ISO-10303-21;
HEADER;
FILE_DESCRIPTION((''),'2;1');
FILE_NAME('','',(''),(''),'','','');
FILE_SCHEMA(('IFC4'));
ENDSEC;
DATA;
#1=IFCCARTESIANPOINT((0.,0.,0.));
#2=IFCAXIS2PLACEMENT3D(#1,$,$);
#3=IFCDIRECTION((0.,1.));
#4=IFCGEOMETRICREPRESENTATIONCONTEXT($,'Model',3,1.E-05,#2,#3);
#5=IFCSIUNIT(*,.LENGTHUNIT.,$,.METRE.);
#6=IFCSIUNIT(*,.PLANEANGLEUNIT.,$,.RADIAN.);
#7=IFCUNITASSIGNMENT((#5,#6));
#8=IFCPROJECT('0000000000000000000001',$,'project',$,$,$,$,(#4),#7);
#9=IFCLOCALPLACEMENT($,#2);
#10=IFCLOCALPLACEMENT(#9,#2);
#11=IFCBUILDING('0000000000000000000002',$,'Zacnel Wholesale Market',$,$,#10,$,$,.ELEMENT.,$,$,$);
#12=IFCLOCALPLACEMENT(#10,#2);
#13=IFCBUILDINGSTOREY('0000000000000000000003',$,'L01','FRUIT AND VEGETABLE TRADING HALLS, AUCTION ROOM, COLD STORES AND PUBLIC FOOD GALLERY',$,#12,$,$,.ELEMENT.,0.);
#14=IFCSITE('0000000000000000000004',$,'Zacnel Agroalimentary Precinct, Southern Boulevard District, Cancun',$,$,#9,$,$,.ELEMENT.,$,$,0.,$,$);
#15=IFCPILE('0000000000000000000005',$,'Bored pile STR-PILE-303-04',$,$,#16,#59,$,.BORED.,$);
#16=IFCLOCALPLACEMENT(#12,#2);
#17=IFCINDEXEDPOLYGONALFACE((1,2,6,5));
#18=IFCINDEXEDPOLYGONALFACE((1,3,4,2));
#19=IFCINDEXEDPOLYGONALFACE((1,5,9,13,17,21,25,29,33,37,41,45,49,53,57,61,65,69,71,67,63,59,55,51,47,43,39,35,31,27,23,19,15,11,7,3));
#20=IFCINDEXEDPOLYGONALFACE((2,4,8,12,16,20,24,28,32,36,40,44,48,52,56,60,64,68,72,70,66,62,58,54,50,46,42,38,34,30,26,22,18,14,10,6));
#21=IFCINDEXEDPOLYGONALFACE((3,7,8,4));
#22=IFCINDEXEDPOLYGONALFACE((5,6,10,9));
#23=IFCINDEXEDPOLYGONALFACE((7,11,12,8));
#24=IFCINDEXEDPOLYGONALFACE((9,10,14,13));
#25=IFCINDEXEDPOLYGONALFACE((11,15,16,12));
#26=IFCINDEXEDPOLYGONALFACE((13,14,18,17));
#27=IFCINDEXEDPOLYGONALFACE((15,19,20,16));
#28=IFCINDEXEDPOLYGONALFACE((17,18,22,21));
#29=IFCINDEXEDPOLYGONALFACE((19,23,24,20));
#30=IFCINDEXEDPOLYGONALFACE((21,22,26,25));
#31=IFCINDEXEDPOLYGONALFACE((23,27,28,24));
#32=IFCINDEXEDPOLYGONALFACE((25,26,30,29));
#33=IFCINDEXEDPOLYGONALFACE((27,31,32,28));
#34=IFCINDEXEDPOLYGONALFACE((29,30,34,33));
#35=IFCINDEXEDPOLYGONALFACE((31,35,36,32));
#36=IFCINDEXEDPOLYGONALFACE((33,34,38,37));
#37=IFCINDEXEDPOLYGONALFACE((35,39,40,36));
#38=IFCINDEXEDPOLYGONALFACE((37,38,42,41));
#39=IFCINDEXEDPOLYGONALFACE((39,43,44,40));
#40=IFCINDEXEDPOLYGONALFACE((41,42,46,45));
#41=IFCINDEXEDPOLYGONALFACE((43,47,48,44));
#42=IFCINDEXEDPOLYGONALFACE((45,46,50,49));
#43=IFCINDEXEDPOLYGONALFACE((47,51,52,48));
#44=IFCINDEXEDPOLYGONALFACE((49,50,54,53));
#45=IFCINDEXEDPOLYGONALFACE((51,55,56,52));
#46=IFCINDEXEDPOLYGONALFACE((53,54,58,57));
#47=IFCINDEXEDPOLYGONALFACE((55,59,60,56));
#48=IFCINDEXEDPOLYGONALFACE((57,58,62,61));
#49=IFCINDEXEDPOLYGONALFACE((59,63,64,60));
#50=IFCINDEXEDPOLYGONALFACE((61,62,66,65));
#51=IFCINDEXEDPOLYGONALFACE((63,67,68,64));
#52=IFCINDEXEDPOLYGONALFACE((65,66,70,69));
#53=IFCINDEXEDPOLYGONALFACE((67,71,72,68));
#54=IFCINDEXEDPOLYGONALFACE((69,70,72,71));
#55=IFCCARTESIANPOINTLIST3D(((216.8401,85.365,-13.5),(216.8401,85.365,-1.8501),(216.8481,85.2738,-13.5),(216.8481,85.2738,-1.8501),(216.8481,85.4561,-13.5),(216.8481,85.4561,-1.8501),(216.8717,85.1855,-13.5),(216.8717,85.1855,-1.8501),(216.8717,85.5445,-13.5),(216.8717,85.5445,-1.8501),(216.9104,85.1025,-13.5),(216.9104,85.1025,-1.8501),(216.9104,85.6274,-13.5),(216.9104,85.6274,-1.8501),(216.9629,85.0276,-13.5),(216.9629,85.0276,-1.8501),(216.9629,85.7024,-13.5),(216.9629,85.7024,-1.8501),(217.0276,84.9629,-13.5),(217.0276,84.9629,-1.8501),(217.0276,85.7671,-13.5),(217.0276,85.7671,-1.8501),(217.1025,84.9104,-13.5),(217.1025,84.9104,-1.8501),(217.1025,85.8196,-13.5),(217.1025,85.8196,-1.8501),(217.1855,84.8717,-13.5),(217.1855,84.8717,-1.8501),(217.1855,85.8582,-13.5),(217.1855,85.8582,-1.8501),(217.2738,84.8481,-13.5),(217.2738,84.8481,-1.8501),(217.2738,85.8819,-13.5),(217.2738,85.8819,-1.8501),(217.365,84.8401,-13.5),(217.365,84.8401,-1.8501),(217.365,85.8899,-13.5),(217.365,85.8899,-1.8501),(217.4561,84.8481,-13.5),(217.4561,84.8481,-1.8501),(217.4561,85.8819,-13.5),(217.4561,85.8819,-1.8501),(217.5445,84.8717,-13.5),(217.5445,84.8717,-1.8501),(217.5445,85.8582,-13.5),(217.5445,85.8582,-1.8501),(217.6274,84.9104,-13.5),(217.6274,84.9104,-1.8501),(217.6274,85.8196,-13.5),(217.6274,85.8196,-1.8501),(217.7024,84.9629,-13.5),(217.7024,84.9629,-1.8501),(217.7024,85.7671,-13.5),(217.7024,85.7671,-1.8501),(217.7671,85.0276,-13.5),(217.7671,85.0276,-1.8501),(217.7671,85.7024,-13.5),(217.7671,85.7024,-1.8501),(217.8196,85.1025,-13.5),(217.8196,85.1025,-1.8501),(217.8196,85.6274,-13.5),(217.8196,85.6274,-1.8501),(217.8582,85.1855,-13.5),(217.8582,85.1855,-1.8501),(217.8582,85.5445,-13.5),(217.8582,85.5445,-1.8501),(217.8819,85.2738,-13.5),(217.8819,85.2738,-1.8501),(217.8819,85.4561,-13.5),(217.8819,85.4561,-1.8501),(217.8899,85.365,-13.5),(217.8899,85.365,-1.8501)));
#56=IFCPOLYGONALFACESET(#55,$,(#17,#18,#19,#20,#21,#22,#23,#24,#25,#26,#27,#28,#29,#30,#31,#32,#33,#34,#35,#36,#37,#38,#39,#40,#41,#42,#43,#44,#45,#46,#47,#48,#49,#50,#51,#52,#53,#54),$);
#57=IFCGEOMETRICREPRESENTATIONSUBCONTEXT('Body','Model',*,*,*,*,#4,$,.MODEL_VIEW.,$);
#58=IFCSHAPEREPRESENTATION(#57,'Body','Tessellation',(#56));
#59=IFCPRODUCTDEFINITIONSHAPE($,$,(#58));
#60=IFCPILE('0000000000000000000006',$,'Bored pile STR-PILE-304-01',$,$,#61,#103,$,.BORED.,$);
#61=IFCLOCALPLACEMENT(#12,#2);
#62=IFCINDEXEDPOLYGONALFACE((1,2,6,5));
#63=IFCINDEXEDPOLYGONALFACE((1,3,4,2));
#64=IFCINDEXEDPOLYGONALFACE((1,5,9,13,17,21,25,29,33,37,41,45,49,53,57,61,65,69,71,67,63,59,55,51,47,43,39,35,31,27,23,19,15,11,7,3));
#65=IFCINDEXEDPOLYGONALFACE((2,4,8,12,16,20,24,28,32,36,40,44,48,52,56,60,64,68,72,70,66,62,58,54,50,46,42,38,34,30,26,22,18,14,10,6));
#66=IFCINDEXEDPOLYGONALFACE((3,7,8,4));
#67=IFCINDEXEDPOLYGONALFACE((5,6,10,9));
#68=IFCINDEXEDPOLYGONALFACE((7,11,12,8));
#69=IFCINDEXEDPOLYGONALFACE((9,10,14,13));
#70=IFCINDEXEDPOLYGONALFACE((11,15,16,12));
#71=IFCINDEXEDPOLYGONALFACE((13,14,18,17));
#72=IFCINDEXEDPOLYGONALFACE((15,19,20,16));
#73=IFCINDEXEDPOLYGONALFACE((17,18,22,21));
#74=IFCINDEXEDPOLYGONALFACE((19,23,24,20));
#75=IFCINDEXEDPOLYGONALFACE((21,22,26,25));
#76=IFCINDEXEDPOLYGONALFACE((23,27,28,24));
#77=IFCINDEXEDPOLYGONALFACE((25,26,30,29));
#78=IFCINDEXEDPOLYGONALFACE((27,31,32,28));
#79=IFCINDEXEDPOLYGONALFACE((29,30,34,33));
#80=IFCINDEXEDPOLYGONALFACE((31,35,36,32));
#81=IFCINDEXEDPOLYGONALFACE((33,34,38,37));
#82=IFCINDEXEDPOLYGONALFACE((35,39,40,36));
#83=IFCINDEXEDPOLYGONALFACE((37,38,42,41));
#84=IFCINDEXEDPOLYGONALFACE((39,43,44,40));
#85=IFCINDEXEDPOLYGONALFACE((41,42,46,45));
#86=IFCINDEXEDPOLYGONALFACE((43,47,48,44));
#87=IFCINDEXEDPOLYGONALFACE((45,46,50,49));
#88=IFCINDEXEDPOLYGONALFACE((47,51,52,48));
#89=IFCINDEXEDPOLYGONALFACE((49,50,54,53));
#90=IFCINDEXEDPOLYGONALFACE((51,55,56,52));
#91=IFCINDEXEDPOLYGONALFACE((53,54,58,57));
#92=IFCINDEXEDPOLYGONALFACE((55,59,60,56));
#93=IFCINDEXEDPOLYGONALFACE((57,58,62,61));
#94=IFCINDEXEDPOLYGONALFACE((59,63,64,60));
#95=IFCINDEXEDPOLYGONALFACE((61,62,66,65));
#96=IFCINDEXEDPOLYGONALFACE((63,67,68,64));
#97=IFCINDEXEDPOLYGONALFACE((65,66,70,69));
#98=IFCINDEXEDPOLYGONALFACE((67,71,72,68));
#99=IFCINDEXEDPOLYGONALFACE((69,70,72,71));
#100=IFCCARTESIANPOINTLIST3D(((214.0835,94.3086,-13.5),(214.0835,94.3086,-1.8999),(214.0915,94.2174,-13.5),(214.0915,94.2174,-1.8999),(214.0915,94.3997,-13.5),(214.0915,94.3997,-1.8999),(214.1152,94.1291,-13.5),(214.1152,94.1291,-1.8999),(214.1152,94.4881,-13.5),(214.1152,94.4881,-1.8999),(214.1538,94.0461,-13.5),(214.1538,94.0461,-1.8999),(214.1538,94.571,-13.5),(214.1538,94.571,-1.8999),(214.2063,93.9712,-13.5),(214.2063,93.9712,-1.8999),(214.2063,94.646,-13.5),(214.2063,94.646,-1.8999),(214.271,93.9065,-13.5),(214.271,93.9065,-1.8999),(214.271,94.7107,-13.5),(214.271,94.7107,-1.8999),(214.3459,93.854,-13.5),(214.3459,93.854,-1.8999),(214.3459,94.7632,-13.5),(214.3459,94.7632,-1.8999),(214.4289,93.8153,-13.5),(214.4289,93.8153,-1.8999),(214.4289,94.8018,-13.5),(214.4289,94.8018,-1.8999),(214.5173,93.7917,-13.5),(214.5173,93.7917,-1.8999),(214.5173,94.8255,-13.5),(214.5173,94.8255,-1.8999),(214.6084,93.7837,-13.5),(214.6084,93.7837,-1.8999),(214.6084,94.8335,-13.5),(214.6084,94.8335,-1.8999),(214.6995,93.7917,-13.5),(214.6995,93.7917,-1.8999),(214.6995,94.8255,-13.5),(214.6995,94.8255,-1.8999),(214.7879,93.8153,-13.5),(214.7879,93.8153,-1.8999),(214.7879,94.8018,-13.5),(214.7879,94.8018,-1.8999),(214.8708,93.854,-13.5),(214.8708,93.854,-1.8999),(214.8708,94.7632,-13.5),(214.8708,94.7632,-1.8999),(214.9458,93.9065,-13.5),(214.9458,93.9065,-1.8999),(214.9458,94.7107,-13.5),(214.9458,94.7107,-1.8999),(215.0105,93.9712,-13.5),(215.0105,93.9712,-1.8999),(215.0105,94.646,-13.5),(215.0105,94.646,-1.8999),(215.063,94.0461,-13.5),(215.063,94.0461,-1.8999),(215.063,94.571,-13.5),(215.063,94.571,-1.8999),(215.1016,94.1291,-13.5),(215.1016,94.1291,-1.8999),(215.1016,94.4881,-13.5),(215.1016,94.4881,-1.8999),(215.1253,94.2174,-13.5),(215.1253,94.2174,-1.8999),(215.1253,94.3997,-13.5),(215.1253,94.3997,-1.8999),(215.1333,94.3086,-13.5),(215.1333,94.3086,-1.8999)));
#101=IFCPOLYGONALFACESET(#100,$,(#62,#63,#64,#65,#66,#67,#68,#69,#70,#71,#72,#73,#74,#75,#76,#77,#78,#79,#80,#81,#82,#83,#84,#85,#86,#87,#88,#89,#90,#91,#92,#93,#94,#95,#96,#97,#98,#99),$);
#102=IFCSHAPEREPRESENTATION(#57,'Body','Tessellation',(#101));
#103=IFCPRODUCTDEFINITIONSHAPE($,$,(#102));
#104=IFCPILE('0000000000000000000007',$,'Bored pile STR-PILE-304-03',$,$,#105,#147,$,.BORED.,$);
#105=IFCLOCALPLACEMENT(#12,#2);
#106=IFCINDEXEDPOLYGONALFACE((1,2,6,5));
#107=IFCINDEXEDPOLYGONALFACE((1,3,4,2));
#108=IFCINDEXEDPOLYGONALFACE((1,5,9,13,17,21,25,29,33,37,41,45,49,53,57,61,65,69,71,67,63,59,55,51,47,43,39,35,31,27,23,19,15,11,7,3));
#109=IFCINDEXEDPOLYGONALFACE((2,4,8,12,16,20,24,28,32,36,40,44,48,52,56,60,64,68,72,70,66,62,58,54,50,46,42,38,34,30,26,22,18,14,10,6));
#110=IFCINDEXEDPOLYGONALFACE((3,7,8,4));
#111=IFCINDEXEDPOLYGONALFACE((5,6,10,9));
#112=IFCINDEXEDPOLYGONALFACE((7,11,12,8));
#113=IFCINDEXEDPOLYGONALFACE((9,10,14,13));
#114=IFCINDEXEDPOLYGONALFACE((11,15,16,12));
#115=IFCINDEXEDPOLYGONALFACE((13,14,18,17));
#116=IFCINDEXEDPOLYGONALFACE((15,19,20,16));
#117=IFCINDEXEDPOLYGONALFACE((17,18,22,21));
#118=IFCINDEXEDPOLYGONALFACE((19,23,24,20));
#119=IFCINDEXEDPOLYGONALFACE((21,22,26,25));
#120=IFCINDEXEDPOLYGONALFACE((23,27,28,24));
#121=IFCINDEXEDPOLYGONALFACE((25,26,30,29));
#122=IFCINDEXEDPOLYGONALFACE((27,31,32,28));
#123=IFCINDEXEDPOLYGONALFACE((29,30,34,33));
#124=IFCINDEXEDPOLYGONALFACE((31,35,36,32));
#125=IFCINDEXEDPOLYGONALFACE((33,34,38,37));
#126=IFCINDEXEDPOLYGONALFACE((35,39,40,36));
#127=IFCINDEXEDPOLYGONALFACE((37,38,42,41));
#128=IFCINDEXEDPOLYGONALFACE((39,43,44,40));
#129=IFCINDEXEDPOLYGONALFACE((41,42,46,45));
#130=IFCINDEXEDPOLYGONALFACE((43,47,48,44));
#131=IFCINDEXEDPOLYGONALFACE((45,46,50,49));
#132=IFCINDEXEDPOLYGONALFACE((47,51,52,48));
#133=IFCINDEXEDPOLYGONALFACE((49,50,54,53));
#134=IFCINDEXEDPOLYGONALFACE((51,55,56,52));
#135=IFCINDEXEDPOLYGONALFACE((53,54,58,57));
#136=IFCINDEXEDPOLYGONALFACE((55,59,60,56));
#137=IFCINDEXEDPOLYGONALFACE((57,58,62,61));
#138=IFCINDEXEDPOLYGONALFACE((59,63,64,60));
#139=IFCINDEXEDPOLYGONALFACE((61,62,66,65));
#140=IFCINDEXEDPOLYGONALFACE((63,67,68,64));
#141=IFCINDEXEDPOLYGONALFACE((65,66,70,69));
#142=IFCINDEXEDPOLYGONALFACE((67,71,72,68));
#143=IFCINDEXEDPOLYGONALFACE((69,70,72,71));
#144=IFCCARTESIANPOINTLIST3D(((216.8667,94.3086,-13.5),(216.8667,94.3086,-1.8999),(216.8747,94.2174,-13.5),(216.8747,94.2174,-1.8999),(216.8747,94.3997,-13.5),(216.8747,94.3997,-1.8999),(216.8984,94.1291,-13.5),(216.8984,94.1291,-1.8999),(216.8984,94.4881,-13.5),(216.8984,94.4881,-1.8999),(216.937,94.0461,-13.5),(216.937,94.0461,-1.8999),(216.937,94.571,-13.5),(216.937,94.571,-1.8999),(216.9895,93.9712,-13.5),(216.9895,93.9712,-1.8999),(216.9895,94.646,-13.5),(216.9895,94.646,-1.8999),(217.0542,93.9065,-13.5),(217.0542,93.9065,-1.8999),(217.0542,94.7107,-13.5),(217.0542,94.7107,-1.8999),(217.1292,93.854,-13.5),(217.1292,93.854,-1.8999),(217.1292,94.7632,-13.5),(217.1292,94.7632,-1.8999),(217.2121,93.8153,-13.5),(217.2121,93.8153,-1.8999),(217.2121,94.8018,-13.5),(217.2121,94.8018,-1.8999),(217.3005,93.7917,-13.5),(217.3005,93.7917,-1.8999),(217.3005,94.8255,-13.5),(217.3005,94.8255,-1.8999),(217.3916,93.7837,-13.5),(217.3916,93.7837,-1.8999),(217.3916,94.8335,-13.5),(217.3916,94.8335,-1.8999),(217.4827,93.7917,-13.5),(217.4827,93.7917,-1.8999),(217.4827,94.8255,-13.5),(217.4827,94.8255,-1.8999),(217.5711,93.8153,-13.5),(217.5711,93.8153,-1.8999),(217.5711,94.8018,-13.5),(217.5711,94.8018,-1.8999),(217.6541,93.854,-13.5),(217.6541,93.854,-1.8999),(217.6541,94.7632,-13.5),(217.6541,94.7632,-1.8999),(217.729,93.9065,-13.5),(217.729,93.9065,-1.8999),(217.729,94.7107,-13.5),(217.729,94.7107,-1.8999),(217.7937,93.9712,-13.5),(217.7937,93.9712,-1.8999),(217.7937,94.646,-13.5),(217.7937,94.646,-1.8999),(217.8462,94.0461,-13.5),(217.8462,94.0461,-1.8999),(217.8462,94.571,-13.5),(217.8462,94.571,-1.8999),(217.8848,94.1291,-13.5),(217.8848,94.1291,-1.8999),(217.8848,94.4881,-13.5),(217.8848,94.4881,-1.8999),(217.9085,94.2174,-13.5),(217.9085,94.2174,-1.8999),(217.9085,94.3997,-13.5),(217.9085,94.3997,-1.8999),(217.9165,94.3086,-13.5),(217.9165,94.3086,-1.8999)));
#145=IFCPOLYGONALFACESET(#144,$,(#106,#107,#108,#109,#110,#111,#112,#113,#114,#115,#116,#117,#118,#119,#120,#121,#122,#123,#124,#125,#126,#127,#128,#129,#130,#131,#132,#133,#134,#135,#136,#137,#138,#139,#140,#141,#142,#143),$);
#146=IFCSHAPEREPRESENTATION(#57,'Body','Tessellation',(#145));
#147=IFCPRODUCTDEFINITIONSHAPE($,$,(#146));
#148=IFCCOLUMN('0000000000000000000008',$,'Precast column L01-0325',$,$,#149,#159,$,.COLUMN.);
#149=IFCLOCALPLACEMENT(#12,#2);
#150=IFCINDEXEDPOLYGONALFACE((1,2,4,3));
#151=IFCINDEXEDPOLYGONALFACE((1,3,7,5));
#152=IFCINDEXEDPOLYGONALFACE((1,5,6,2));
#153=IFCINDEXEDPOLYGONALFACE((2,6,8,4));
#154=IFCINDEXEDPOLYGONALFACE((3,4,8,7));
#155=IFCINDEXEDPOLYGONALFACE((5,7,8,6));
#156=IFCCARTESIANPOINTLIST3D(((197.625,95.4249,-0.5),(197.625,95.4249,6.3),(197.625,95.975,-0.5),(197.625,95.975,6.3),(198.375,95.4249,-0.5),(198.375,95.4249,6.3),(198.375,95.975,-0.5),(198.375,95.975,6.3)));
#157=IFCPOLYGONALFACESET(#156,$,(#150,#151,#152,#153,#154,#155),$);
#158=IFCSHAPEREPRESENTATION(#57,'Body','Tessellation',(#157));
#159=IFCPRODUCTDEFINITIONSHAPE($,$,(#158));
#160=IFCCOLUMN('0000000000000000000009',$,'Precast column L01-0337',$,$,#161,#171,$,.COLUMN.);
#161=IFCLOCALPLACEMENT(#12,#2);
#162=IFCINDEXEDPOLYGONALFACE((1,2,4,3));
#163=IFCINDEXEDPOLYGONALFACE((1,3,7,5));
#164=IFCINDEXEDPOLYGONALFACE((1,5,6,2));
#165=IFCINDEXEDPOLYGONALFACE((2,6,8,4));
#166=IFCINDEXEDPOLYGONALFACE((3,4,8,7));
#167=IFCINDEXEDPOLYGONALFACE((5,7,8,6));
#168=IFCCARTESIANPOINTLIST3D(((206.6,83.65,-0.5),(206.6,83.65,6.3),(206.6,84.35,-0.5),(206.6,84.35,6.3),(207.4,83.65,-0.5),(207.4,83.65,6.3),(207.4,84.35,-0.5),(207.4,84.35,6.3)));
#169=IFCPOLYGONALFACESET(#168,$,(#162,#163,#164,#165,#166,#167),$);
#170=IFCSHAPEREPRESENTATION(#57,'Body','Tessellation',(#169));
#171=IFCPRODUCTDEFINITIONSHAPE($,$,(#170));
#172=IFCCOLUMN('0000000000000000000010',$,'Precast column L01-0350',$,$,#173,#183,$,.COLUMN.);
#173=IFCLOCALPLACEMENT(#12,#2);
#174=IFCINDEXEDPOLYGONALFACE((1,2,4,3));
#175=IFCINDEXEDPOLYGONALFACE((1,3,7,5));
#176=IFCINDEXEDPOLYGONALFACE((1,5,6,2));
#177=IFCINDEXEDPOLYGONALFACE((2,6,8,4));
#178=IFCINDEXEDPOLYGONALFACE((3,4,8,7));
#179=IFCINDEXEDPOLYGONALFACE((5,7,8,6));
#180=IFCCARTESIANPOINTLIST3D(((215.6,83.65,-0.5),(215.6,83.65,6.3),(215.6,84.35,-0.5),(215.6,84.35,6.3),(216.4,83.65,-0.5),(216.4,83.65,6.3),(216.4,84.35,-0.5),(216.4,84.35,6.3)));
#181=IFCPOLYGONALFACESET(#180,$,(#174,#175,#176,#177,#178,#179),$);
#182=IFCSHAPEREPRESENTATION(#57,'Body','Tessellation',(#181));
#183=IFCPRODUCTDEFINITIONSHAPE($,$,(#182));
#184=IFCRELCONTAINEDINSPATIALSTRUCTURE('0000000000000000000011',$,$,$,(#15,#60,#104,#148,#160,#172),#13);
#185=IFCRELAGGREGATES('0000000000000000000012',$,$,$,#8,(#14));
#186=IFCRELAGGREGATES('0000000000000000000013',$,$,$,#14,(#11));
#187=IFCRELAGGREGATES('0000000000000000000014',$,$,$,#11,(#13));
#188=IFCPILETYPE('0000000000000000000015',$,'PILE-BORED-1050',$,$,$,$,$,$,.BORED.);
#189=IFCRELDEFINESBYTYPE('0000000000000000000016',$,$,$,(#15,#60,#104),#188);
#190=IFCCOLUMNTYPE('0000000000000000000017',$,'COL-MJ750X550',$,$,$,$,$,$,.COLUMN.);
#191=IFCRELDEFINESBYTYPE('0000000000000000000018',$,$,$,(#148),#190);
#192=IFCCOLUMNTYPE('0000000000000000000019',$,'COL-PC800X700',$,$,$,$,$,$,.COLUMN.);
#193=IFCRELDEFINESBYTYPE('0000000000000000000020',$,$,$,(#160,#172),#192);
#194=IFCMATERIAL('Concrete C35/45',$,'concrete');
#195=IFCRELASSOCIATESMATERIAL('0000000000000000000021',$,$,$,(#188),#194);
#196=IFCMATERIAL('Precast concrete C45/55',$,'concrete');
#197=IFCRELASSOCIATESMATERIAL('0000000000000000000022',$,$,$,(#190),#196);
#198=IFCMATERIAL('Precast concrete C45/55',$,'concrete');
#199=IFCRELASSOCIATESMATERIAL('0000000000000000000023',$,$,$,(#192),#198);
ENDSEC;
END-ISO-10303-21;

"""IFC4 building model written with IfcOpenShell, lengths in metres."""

from ifc_helpers import new_model, si_unit, direction, frame, origin, origin_2d, place, context, subcontext, project, spatial, rectangle, circle, extrude, material, material_profile, profile_set, type_object, element, save


model = new_model("IFC4")

# Units and contexts
model_context = context("Model", 3, precision=1e-05, world=origin(), true_north=direction((0.0, 1.0)))
body_context = subcontext(model_context, "Body", "Model", "MODEL_VIEW")
ifc_project = project(units=[si_unit("LENGTHUNIT", "METRE"), si_unit("PLANEANGLEUNIT", "RADIAN")], contexts=[model_context])

# Site, building, storey
site_placement = place(None, origin())
site = spatial("IfcSite", under=ifc_project, at=site_placement, Name="Zacnel Agroalimentary Precinct, Southern Boulevard District, Cancun", CompositionType="ELEMENT", RefElevation=0.0)
building_placement = place(site_placement, origin())
building = spatial("IfcBuilding", under=site, at=building_placement, Name="Zacnel Wholesale Market", CompositionType="ELEMENT")
storey_placement = place(building_placement, origin())
storey = spatial("IfcBuildingStorey", under=building, at=storey_placement, Name="L01", Description="FRUIT AND VEGETABLE TRADING HALLS, AUCTION ROOM, COLD STORES AND PUBLIC FOOD GALLERY", CompositionType="ELEMENT", Elevation=0.0)

# Piles
ifc_material_1 = material(Name="Concrete C35/45", Category="concrete")
ifc_material_profile_1 = material_profile(ifc_material_1, circle(Radius=0.5249, at=origin_2d()), Name="BORED PILE D1050")
ifc_profile_set_1 = profile_set([ifc_material_profile_1], Name="Concrete C35/45")
pile_type = type_object("IfcPileType", Name="PILE-BORED-1050", PredefinedType="BORED", material=ifc_profile_set_1)
for number, where, z_axis, x_axis, name in (
    (1, (217.365, 85.365, -1.8501), (0.0, 0.0, -1.0), (1.0, 0.0, 0.0), "Bored pile STR-PILE-303-04"),
):
    element("IfcPile", number, at=place(storey_placement, frame(where, z_axis=z_axis, x_axis=x_axis)), inside=storey, type_object=pile_type, Name=name, PredefinedType="BORED", context=body_context, shape_type="SweptSolid", body=[
        extrude(circle(Radius=0.5249, at=origin_2d()), origin(), (0.0, 0.0, 1.0), 11.6499),
    ])
for number, where, z_axis, x_axis, name in (
    (2, (214.6084, 94.3086, -1.8999), (0.0, 0.0, -1.0), (1.0, 0.0, 0.0), "Bored pile STR-PILE-304-01"),
    (3, (217.3916, 94.3086, -1.8999), (0.0, 0.0, -1.0), (1.0, 0.0, 0.0), "Bored pile STR-PILE-304-03"),
):
    element("IfcPile", number, at=place(storey_placement, frame(where, z_axis=z_axis, x_axis=x_axis)), inside=storey, type_object=pile_type, Name=name, PredefinedType="BORED", context=body_context, shape_type="SweptSolid", body=[
        extrude(circle(Radius=0.5249, at=origin_2d()), origin(), (0.0, 0.0, 1.0), 11.6001),
    ])

# Columns
ifc_material_2 = material(Name="Precast concrete C45/55", Category="concrete")
ifc_material_profile_2 = material_profile(ifc_material_2, rectangle(XDim=0.75, YDim=0.55, at=origin_2d()), Name="PC 750x550")
ifc_profile_set_2 = profile_set([ifc_material_profile_2], Name="Precast concrete C45/55")
column_type_1 = type_object("IfcColumnType", Name="COL-MJ750X550", PredefinedType="COLUMN", material=ifc_profile_set_2)
column_placement = place(storey_placement, frame((198.0, 95.7, -0.5), z_axis=(0.0, 0.0, 1.0), x_axis=(1.0, 0.0, 0.0)))
element("IfcColumn", 4, at=column_placement, inside=storey, type_object=column_type_1, Name="Precast column L01-0325", PredefinedType="COLUMN", context=body_context, shape_type="SweptSolid", body=[
    extrude(rectangle(XDim=0.75, YDim=0.55, at=origin_2d()), origin(), (0.0, 0.0, 1.0), 6.8),
])
ifc_material_3 = material(Name="Precast concrete C45/55", Category="concrete")
ifc_material_profile_3 = material_profile(ifc_material_3, rectangle(XDim=0.8, YDim=0.7, at=origin_2d()), Name="PC 800x700")
ifc_profile_set_3 = profile_set([ifc_material_profile_3], Name="Precast concrete C45/55")
column_type_2 = type_object("IfcColumnType", Name="COL-PC800X700", PredefinedType="COLUMN", material=ifc_profile_set_3)
for number, where, z_axis, x_axis, name in (
    (5, (207.0, 84.0, -0.5), (0.0, 0.0, 1.0), (1.0, 0.0, 0.0), "Precast column L01-0337"),
    (6, (216.0, 84.0, -0.5), (0.0, 0.0, 1.0), (1.0, 0.0, 0.0), "Precast column L01-0350"),
):
    element("IfcColumn", number, at=place(storey_placement, frame(where, z_axis=z_axis, x_axis=x_axis)), inside=storey, type_object=column_type_2, Name=name, PredefinedType="COLUMN", context=body_context, shape_type="SweptSolid", body=[
        extrude(rectangle(XDim=0.8, YDim=0.7, at=origin_2d()), origin(), (0.0, 0.0, 1.0), 6.8),
    ])

save(model, "model.ifc")
